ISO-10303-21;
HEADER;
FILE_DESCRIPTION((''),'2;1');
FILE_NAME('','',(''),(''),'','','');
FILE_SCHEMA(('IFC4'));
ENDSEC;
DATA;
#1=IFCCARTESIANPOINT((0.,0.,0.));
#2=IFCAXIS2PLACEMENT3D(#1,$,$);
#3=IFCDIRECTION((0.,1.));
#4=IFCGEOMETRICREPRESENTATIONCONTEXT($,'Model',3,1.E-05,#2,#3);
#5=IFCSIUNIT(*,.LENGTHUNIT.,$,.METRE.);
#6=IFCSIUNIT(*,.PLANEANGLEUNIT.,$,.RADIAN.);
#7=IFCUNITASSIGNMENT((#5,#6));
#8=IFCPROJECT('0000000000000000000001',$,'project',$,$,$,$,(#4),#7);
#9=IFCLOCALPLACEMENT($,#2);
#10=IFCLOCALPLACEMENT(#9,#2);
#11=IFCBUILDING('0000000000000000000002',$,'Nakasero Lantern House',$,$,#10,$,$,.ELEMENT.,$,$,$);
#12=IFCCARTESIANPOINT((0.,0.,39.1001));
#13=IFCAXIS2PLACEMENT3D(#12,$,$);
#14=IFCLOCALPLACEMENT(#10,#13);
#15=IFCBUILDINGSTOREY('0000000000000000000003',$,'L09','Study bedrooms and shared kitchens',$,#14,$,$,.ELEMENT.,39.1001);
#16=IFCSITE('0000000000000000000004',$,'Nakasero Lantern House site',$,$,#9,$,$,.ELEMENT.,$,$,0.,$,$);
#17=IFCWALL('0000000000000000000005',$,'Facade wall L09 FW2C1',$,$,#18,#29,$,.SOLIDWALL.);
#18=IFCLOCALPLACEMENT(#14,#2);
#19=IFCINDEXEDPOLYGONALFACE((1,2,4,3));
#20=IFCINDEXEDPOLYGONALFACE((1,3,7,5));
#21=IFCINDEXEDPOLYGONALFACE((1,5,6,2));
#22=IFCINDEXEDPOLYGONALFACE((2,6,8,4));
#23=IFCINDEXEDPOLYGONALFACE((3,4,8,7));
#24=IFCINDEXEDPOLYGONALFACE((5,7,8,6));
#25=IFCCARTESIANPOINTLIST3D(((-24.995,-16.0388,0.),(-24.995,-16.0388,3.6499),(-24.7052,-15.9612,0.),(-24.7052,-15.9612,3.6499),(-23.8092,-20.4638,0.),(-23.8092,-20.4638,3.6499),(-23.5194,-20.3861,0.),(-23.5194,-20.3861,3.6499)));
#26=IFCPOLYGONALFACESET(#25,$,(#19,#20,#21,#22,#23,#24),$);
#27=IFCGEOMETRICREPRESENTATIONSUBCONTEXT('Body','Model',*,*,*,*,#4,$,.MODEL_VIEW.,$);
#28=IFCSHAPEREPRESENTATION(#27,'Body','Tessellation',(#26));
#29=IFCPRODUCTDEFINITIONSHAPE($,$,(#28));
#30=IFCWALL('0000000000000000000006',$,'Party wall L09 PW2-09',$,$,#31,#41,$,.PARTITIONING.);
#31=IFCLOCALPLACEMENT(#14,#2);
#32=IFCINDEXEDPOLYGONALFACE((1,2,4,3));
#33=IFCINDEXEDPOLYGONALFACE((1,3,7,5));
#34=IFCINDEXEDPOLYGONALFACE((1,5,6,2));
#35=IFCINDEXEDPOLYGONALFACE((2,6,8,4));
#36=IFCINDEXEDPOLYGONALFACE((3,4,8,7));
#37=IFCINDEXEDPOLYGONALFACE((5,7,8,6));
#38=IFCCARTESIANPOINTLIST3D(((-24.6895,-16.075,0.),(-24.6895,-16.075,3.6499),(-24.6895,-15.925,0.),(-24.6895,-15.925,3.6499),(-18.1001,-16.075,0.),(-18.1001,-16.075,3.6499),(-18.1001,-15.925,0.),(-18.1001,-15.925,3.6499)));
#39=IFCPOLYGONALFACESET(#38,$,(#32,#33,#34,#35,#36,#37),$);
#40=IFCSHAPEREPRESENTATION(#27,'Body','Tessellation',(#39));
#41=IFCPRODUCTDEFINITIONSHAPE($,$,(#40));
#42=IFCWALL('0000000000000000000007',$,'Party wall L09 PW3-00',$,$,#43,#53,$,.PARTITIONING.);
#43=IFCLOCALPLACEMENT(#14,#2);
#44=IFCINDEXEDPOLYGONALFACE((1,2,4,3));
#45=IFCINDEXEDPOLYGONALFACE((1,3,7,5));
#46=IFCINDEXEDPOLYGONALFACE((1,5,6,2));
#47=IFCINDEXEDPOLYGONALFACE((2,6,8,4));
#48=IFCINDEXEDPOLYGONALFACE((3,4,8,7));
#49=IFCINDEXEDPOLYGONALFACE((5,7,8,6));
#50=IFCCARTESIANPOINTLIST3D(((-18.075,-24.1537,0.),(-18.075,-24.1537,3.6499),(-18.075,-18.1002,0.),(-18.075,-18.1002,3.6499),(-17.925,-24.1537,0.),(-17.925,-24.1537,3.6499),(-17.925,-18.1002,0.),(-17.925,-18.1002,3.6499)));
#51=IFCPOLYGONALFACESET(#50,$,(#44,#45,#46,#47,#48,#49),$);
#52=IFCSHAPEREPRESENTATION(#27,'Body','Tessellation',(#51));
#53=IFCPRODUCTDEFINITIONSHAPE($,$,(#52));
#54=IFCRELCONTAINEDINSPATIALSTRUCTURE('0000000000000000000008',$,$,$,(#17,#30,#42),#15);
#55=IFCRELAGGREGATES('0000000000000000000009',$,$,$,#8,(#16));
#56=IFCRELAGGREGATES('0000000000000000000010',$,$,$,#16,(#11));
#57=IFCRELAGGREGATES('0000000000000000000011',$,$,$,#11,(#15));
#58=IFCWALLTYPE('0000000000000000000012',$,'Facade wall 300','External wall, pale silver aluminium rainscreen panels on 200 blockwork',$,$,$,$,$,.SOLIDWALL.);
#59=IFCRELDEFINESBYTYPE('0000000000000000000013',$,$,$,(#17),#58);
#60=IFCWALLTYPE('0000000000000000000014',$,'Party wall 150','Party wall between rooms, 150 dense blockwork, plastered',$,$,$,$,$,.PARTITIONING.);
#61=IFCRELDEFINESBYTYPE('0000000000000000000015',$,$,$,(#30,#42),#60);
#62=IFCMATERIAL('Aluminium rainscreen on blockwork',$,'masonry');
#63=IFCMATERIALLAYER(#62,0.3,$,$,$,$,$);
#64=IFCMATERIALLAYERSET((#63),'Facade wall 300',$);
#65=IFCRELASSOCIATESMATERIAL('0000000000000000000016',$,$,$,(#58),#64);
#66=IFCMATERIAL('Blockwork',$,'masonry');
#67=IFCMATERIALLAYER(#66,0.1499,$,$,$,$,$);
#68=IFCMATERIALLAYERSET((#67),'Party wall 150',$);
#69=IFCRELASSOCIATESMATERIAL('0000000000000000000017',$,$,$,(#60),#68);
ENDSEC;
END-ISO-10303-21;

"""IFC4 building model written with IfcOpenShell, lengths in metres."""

from ifc_helpers import new_model, si_unit, direction, frame, frame_2d, origin, place, context, subcontext, project, spatial, rectangle, extrude, material, layer, layer_set, type_object, element, save


model = new_model("IFC4")

# Units and contexts
model_context = context("Model", 3, precision=1e-05, world=origin(), true_north=direction((0.0, 1.0)))
body_context = subcontext(model_context, "Body", "Model", "MODEL_VIEW")
ifc_project = project(units=[si_unit("LENGTHUNIT", "METRE"), si_unit("PLANEANGLEUNIT", "RADIAN")], contexts=[model_context])

# Site, building, storey
site_placement = place(None, origin())
site = spatial("IfcSite", under=ifc_project, at=site_placement, Name="Nakasero Lantern House site", CompositionType="ELEMENT", RefElevation=0.0)
building_placement = place(site_placement, origin())
building = spatial("IfcBuilding", under=site, at=building_placement, Name="Nakasero Lantern House", CompositionType="ELEMENT")
storey_placement = place(building_placement, frame((0.0, 0.0, 39.1001)))
storey = spatial("IfcBuildingStorey", under=building, at=storey_placement, Name="L09", Description="Study bedrooms and shared kitchens", CompositionType="ELEMENT", Elevation=39.1001)

# Walls
ifc_material_1 = material(Name="Aluminium rainscreen on blockwork", Category="masonry")
ifc_layer_1 = layer(ifc_material_1, 0.3)
ifc_layer_set_1 = layer_set([ifc_layer_1], Name="Facade wall 300")
wall_type_1 = type_object("IfcWallType", Name="Facade wall 300", Description="External wall, pale silver aluminium rainscreen panels on 200 blockwork", PredefinedType="SOLIDWALL", material=ifc_layer_set_1)
wall_1_placement = place(storey_placement, frame((-24.8501, -16.0, 0.0), z_axis=(0.0, 0.0, 1.0), x_axis=(0.25884, -0.96592, 0.0)))
element("IfcWall", 1, at=wall_1_placement, inside=storey, type_object=wall_type_1, Name="Facade wall L09 FW2C1", PredefinedType="SOLIDWALL", context=body_context, shape_type="SweptSolid", body=[
    extrude(rectangle(XDim=4.5811, YDim=0.3, at=frame_2d((2.2905, 0.0))), origin(), (0.0, 0.0, 1.0), 3.6499),
])
ifc_material_2 = material(Name="Blockwork", Category="masonry")
ifc_layer_2 = layer(ifc_material_2, 0.1499)
ifc_layer_set_2 = layer_set([ifc_layer_2], Name="Party wall 150")
wall_type_2 = type_object("IfcWallType", Name="Party wall 150", Description="Party wall between rooms, 150 dense blockwork, plastered", PredefinedType="PARTITIONING", material=ifc_layer_set_2)
wall_2_placement = place(storey_placement, frame((-18.1001, -16.0, 0.0), z_axis=(0.0, 0.0, 1.0), x_axis=(-1.0, 0.0, 0.0)))
element("IfcWall", 2, at=wall_2_placement, inside=storey, type_object=wall_type_2, Name="Party wall L09 PW2-09", PredefinedType="PARTITIONING", context=body_context, shape_type="SweptSolid", body=[
    extrude(rectangle(XDim=6.5894, YDim=0.1499, at=frame_2d((3.2947, 0.0))), origin(), (0.0, 0.0, 1.0), 3.6499),
])
wall_3_placement = place(storey_placement, frame((-18.0, -18.1001, 0.0), z_axis=(0.0, 0.0, 1.0), x_axis=(0.0, -1.0, 0.0)))
element("IfcWall", 3, at=wall_3_placement, inside=storey, type_object=wall_type_2, Name="Party wall L09 PW3-00", PredefinedType="PARTITIONING", context=body_context, shape_type="SweptSolid", body=[
    extrude(rectangle(XDim=6.0535, YDim=0.1499, at=frame_2d((3.0269, 0.0))), origin(), (0.0, 0.0, 1.0), 3.6499),
])

save(model, "model.ifc")
